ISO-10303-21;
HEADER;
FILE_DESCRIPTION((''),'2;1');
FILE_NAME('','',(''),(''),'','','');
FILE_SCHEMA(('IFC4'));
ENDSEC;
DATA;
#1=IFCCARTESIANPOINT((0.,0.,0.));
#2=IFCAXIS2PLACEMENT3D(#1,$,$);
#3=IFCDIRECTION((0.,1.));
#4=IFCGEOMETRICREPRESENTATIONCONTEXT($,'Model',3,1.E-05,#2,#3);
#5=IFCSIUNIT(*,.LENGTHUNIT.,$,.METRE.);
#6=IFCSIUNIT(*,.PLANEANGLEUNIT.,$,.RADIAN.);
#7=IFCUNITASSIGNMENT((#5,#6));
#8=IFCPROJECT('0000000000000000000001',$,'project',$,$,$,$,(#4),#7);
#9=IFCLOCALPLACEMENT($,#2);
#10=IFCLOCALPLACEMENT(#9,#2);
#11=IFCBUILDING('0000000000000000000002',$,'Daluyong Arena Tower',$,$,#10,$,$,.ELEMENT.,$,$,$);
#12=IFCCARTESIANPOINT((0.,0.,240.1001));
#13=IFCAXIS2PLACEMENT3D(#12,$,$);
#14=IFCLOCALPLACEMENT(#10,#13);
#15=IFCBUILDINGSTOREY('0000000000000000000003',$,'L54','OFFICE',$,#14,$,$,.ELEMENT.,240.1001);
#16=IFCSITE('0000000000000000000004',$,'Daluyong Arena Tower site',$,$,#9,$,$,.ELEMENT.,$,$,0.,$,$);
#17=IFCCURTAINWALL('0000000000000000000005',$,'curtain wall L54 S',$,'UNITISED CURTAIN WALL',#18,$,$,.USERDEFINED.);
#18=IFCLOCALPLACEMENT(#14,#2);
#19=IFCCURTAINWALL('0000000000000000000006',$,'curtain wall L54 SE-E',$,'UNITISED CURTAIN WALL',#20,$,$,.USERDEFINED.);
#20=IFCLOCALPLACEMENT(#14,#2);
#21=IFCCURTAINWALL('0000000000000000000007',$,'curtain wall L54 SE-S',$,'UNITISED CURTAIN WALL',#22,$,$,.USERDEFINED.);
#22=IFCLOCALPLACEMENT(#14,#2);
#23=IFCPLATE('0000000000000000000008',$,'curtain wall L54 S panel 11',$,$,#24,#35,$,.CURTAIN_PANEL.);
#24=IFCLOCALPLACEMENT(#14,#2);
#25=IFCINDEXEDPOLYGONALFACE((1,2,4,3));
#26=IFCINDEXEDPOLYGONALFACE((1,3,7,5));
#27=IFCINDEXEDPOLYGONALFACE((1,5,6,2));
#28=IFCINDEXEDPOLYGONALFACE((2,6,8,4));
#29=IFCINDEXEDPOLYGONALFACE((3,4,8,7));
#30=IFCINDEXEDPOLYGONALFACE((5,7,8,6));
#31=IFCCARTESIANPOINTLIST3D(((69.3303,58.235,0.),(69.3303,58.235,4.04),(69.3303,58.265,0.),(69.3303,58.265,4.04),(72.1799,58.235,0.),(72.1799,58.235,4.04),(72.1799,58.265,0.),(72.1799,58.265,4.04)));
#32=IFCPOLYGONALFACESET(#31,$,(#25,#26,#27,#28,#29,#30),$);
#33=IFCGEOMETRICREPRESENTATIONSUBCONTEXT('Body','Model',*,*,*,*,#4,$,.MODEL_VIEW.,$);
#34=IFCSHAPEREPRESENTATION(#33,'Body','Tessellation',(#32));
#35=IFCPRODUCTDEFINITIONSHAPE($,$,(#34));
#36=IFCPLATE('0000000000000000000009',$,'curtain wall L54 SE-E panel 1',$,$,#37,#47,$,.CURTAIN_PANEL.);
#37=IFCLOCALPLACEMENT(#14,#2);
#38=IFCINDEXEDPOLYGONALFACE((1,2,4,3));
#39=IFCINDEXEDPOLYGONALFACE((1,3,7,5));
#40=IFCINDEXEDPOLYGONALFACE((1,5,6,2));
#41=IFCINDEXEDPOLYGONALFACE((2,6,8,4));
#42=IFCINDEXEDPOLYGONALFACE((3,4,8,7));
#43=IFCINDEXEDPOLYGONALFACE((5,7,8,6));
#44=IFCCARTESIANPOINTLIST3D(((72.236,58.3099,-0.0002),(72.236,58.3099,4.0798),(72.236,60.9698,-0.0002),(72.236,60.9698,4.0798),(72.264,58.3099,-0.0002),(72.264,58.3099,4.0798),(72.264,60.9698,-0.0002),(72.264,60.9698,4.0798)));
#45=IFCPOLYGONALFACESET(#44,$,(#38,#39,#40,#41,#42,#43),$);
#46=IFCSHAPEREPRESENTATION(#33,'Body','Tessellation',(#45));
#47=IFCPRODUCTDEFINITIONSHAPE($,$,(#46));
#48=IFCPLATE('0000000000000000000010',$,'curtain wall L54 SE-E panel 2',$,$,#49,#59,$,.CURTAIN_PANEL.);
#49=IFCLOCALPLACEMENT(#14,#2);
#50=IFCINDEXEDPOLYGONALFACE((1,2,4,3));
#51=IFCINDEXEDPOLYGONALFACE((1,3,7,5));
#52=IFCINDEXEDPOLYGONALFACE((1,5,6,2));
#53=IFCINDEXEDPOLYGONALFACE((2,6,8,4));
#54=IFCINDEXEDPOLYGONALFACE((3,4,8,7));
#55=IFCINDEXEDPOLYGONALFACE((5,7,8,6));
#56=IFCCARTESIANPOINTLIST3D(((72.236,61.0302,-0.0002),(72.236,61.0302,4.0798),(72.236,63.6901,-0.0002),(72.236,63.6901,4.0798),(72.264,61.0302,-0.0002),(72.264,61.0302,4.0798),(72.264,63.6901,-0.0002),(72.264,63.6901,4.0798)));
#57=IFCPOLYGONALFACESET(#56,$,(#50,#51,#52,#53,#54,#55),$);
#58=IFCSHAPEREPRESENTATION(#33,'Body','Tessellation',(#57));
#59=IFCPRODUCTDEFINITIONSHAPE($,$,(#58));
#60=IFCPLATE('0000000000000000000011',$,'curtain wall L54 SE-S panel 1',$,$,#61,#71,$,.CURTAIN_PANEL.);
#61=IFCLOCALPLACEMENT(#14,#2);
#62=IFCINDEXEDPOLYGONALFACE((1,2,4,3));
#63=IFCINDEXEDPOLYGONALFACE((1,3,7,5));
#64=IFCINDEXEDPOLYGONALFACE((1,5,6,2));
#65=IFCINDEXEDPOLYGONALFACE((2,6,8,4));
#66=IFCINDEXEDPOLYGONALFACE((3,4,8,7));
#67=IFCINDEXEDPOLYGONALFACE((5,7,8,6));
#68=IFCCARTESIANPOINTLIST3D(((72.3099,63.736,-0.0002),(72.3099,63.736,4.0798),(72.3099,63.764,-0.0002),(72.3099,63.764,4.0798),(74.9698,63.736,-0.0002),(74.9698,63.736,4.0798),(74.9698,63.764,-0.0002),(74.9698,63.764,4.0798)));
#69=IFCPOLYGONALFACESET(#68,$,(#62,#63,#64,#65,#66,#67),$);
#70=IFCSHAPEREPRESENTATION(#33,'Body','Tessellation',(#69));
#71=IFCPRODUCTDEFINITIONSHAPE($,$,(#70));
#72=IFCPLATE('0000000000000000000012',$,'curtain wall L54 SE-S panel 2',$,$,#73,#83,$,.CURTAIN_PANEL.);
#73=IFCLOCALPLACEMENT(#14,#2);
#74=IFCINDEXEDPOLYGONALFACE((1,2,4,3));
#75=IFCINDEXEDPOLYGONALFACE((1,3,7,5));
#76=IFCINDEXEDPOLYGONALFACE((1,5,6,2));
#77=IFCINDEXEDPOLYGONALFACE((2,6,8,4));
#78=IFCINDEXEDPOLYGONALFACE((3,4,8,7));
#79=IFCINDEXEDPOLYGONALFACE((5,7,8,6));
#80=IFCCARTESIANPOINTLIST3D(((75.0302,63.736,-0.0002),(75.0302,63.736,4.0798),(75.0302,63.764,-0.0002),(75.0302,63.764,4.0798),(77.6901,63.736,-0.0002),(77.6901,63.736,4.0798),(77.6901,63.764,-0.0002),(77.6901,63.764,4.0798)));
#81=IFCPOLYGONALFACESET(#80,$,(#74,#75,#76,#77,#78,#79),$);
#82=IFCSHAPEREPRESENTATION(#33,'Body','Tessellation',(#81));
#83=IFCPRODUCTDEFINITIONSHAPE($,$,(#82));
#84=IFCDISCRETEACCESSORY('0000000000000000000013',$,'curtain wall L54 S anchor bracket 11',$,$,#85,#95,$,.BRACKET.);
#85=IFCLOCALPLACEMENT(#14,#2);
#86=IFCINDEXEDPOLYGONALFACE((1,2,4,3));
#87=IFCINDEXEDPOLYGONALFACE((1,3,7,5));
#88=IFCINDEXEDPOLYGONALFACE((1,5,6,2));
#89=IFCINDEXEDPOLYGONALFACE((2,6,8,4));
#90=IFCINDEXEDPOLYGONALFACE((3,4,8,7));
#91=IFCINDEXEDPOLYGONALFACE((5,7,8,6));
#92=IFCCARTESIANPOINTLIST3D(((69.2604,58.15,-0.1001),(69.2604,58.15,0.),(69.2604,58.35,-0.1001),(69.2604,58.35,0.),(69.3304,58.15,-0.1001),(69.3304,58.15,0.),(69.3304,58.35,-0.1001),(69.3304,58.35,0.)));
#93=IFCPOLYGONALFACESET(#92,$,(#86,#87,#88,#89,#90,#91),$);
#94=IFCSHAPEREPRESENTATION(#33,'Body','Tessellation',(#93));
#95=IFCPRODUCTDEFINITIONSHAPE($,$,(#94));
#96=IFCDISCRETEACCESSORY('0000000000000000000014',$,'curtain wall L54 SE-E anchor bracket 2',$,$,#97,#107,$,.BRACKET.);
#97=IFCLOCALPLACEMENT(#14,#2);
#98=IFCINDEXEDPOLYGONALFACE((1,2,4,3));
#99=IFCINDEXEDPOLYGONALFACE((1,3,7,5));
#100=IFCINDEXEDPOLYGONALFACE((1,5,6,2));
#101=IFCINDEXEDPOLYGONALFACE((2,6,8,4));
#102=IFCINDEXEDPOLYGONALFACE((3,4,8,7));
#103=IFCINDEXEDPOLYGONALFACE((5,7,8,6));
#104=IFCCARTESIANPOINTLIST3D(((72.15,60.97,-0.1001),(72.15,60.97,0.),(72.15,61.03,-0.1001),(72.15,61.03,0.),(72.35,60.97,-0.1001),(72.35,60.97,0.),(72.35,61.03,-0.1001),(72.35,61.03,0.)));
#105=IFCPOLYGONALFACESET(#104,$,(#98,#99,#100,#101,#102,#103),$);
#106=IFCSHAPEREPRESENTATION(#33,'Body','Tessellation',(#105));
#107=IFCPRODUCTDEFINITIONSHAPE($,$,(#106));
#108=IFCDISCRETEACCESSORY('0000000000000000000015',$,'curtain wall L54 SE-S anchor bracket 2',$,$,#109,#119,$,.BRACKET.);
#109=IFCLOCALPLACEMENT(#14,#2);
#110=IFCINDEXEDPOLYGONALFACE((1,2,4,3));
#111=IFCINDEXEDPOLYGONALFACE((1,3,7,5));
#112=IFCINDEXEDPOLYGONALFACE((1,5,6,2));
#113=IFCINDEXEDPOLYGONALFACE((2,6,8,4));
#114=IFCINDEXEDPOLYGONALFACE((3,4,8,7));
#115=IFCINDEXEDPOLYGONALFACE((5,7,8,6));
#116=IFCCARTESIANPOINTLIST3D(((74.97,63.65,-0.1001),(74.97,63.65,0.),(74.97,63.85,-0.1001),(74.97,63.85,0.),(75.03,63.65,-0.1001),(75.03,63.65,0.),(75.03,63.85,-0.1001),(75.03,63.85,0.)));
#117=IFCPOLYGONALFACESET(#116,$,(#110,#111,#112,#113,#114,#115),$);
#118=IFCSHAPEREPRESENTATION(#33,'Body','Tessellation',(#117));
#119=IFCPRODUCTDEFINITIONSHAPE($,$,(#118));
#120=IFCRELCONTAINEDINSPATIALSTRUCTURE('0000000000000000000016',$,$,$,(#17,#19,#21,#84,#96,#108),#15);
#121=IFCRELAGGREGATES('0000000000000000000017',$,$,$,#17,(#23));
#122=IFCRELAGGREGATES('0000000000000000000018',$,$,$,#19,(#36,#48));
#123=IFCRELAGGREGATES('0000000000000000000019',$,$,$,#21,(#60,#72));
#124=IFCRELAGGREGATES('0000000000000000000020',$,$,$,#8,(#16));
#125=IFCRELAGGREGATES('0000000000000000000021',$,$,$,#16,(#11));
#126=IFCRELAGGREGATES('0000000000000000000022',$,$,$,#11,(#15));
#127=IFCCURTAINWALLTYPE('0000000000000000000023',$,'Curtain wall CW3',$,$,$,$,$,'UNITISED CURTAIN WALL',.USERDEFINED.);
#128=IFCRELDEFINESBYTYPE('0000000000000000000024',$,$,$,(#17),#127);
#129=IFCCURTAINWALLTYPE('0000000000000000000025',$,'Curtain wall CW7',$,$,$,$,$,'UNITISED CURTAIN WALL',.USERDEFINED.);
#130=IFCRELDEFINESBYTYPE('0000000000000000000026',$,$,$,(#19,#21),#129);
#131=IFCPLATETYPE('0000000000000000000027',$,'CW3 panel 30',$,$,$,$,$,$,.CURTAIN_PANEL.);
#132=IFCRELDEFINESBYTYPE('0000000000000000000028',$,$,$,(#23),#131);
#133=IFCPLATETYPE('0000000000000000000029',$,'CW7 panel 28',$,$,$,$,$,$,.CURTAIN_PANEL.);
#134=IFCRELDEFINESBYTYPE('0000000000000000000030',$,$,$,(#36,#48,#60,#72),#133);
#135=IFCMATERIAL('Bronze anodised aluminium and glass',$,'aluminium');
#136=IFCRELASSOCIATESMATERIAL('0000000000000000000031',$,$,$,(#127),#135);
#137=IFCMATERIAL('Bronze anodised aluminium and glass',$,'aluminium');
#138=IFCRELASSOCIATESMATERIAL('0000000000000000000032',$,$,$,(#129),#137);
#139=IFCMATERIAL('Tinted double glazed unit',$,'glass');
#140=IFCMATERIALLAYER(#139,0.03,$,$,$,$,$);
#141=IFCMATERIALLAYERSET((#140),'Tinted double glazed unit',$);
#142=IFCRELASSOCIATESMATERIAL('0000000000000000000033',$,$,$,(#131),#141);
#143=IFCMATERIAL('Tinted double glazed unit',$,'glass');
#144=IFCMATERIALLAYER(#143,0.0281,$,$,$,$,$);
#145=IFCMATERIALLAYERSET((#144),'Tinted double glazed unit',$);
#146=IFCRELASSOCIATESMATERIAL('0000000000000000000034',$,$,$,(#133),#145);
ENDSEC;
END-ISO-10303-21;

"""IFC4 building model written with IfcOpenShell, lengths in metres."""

from ifc_helpers import new_model, si_unit, direction, frame, origin, origin_2d, place, context, subcontext, project, spatial, rectangle, extrude, material, layer, layer_set, type_object, element, aggregate, save


model = new_model("IFC4")

# Units and contexts
model_context = context("Model", 3, precision=1e-05, world=origin(), true_north=direction((0.0, 1.0)))
body_context = subcontext(model_context, "Body", "Model", "MODEL_VIEW")
ifc_project = project(units=[si_unit("LENGTHUNIT", "METRE"), si_unit("PLANEANGLEUNIT", "RADIAN")], contexts=[model_context])

# Site, building, storey
site_placement = place(None, origin())
site = spatial("IfcSite", under=ifc_project, at=site_placement, Name="Daluyong Arena Tower site", CompositionType="ELEMENT", RefElevation=0.0)
building_placement = place(site_placement, origin())
building = spatial("IfcBuilding", under=site, at=building_placement, Name="Daluyong Arena Tower", CompositionType="ELEMENT")
storey_placement = place(building_placement, frame((0.0, 0.0, 240.1001)))
storey = spatial("IfcBuildingStorey", under=building, at=storey_placement, Name="L54", Description="OFFICE", CompositionType="ELEMENT", Elevation=240.1001)

# Curtain wall
ifc_material_1 = material(Name="Bronze anodised aluminium and glass", Category="aluminium")
curtain_wall_type_1 = type_object("IfcCurtainWallType", Name="Curtain wall CW3", ElementType="UNITISED CURTAIN WALL", PredefinedType="USERDEFINED", material=ifc_material_1)
curtain_wall_1_placement = place(storey_placement, origin())
curtain_wall_1 = element("IfcCurtainWall", 1, at=curtain_wall_1_placement, inside=storey, type_object=curtain_wall_type_1, Name="curtain wall L54 S", ObjectType="UNITISED CURTAIN WALL", PredefinedType="USERDEFINED")

# Curtain walls
ifc_material_2 = material(Name="Bronze anodised aluminium and glass", Category="aluminium")
curtain_wall_type_2 = type_object("IfcCurtainWallType", Name="Curtain wall CW7", ElementType="UNITISED CURTAIN WALL", PredefinedType="USERDEFINED", material=ifc_material_2)
curtain_wall_2_placement = place(storey_placement, origin())
curtain_wall_2 = element("IfcCurtainWall", 2, at=curtain_wall_2_placement, inside=storey, type_object=curtain_wall_type_2, Name="curtain wall L54 SE-E", ObjectType="UNITISED CURTAIN WALL", PredefinedType="USERDEFINED")
curtain_wall_3_placement = place(storey_placement, origin())
curtain_wall_3 = element("IfcCurtainWall", 3, at=curtain_wall_3_placement, inside=storey, type_object=curtain_wall_type_2, Name="curtain wall L54 SE-S", ObjectType="UNITISED CURTAIN WALL", PredefinedType="USERDEFINED")

# Plates
ifc_material_3 = material(Name="Tinted double glazed unit", Category="glass")
ifc_layer_1 = layer(ifc_material_3, 0.03)
ifc_layer_set_1 = layer_set([ifc_layer_1], Name="Tinted double glazed unit")
plate_type_1 = type_object("IfcPlateType", Name="CW3 panel 30", PredefinedType="CURTAIN_PANEL", material=ifc_layer_set_1)
plate_1_placement = place(storey_placement, frame((70.7551, 58.25, 0.0), z_axis=(0.0, 0.0, 1.0), x_axis=(1.0, 0.0, 0.0)))
plate_1 = element("IfcPlate", 4, at=plate_1_placement, type_object=plate_type_1, Name="curtain wall L54 S panel 11", PredefinedType="CURTAIN_PANEL", context=body_context, shape_type="SweptSolid", body=[
    extrude(rectangle(XDim=2.8496, YDim=0.03, at=origin_2d()), origin(), (0.0, 0.0, 1.0), 4.04),
])
aggregate(curtain_wall_1, [plate_1])
ifc_material_4 = material(Name="Tinted double glazed unit", Category="glass")
ifc_layer_2 = layer(ifc_material_4, 0.0281)
ifc_layer_set_2 = layer_set([ifc_layer_2], Name="Tinted double glazed unit")
plate_type_2 = type_object("IfcPlateType", Name="CW7 panel 28", PredefinedType="CURTAIN_PANEL", material=ifc_layer_set_2)
plate_2_placement = place(storey_placement, frame((72.25, 59.6399, -0.0002), z_axis=(0.0, 0.0, 1.0), x_axis=(0.0, 1.0, 0.0)))
plate_2 = element("IfcPlate", 5, at=plate_2_placement, type_object=plate_type_2, Name="curtain wall L54 SE-E panel 1", PredefinedType="CURTAIN_PANEL", context=body_context, shape_type="SweptSolid", body=[
    extrude(rectangle(XDim=2.6599, YDim=0.0281, at=origin_2d()), origin(), (0.0, 0.0, 1.0), 4.0801),
])
plate_3_placement = place(storey_placement, frame((72.25, 62.3601, -0.0002), z_axis=(0.0, 0.0, 1.0), x_axis=(0.0, 1.0, 0.0)))
plate_3 = element("IfcPlate", 6, at=plate_3_placement, type_object=plate_type_2, Name="curtain wall L54 SE-E panel 2", PredefinedType="CURTAIN_PANEL", context=body_context, shape_type="SweptSolid", body=[
    extrude(rectangle(XDim=2.6599, YDim=0.0281, at=origin_2d()), origin(), (0.0, 0.0, 1.0), 4.0801),
])
aggregate(curtain_wall_2, [plate_2, plate_3])
plate_4_placement = place(storey_placement, frame((73.6399, 63.75, -0.0002), z_axis=(0.0, 0.0, 1.0), x_axis=(1.0, 0.0, 0.0)))
plate_4 = element("IfcPlate", 7, at=plate_4_placement, type_object=plate_type_2, Name="curtain wall L54 SE-S panel 1", PredefinedType="CURTAIN_PANEL", context=body_context, shape_type="SweptSolid", body=[
    extrude(rectangle(XDim=2.6599, YDim=0.0281, at=origin_2d()), origin(), (0.0, 0.0, 1.0), 4.0801),
])
plate_5_placement = place(storey_placement, frame((76.3601, 63.75, -0.0002), z_axis=(0.0, 0.0, 1.0), x_axis=(1.0, 0.0, 0.0)))
plate_5 = element("IfcPlate", 8, at=plate_5_placement, type_object=plate_type_2, Name="curtain wall L54 SE-S panel 2", PredefinedType="CURTAIN_PANEL", context=body_context, shape_type="SweptSolid", body=[
    extrude(rectangle(XDim=2.6599, YDim=0.0281, at=origin_2d()), origin(), (0.0, 0.0, 1.0), 4.0801),
])
aggregate(curtain_wall_3, [plate_4, plate_5])

# Discrete accessories
discrete_accessory_placement = place(storey_placement, frame((69.2954, 58.25, -0.1001), z_axis=(0.0, 0.0, 1.0), x_axis=(1.0, 0.0, 0.0)))
element("IfcDiscreteAccessory", 9, at=discrete_accessory_placement, inside=storey, Name="curtain wall L54 S anchor bracket 11", PredefinedType="BRACKET", context=body_context, shape_type="SweptSolid", body=[
    extrude(rectangle(XDim=0.0701, YDim=0.2, at=origin_2d()), origin(), (0.0, 0.0, 1.0), 0.1001),
])
for number, where, z_axis, x_axis, name in (
    (10, (72.25, 61.0, -0.1001), (0.0, 0.0, 1.0), (0.0, 1.0, 0.0), "curtain wall L54 SE-E anchor bracket 2"),
    (11, (75.0, 63.75, -0.1001), (0.0, 0.0, 1.0), (1.0, 0.0, 0.0), "curtain wall L54 SE-S anchor bracket 2"),
):
    element("IfcDiscreteAccessory", number, at=place(storey_placement, frame(where, z_axis=z_axis, x_axis=x_axis)), inside=storey, Name=name, PredefinedType="BRACKET", context=body_context, shape_type="SweptSolid", body=[
        extrude(rectangle(XDim=0.0601, YDim=0.2, at=origin_2d()), origin(), (0.0, 0.0, 1.0), 0.1001),
    ])

save(model, "model.ifc")
